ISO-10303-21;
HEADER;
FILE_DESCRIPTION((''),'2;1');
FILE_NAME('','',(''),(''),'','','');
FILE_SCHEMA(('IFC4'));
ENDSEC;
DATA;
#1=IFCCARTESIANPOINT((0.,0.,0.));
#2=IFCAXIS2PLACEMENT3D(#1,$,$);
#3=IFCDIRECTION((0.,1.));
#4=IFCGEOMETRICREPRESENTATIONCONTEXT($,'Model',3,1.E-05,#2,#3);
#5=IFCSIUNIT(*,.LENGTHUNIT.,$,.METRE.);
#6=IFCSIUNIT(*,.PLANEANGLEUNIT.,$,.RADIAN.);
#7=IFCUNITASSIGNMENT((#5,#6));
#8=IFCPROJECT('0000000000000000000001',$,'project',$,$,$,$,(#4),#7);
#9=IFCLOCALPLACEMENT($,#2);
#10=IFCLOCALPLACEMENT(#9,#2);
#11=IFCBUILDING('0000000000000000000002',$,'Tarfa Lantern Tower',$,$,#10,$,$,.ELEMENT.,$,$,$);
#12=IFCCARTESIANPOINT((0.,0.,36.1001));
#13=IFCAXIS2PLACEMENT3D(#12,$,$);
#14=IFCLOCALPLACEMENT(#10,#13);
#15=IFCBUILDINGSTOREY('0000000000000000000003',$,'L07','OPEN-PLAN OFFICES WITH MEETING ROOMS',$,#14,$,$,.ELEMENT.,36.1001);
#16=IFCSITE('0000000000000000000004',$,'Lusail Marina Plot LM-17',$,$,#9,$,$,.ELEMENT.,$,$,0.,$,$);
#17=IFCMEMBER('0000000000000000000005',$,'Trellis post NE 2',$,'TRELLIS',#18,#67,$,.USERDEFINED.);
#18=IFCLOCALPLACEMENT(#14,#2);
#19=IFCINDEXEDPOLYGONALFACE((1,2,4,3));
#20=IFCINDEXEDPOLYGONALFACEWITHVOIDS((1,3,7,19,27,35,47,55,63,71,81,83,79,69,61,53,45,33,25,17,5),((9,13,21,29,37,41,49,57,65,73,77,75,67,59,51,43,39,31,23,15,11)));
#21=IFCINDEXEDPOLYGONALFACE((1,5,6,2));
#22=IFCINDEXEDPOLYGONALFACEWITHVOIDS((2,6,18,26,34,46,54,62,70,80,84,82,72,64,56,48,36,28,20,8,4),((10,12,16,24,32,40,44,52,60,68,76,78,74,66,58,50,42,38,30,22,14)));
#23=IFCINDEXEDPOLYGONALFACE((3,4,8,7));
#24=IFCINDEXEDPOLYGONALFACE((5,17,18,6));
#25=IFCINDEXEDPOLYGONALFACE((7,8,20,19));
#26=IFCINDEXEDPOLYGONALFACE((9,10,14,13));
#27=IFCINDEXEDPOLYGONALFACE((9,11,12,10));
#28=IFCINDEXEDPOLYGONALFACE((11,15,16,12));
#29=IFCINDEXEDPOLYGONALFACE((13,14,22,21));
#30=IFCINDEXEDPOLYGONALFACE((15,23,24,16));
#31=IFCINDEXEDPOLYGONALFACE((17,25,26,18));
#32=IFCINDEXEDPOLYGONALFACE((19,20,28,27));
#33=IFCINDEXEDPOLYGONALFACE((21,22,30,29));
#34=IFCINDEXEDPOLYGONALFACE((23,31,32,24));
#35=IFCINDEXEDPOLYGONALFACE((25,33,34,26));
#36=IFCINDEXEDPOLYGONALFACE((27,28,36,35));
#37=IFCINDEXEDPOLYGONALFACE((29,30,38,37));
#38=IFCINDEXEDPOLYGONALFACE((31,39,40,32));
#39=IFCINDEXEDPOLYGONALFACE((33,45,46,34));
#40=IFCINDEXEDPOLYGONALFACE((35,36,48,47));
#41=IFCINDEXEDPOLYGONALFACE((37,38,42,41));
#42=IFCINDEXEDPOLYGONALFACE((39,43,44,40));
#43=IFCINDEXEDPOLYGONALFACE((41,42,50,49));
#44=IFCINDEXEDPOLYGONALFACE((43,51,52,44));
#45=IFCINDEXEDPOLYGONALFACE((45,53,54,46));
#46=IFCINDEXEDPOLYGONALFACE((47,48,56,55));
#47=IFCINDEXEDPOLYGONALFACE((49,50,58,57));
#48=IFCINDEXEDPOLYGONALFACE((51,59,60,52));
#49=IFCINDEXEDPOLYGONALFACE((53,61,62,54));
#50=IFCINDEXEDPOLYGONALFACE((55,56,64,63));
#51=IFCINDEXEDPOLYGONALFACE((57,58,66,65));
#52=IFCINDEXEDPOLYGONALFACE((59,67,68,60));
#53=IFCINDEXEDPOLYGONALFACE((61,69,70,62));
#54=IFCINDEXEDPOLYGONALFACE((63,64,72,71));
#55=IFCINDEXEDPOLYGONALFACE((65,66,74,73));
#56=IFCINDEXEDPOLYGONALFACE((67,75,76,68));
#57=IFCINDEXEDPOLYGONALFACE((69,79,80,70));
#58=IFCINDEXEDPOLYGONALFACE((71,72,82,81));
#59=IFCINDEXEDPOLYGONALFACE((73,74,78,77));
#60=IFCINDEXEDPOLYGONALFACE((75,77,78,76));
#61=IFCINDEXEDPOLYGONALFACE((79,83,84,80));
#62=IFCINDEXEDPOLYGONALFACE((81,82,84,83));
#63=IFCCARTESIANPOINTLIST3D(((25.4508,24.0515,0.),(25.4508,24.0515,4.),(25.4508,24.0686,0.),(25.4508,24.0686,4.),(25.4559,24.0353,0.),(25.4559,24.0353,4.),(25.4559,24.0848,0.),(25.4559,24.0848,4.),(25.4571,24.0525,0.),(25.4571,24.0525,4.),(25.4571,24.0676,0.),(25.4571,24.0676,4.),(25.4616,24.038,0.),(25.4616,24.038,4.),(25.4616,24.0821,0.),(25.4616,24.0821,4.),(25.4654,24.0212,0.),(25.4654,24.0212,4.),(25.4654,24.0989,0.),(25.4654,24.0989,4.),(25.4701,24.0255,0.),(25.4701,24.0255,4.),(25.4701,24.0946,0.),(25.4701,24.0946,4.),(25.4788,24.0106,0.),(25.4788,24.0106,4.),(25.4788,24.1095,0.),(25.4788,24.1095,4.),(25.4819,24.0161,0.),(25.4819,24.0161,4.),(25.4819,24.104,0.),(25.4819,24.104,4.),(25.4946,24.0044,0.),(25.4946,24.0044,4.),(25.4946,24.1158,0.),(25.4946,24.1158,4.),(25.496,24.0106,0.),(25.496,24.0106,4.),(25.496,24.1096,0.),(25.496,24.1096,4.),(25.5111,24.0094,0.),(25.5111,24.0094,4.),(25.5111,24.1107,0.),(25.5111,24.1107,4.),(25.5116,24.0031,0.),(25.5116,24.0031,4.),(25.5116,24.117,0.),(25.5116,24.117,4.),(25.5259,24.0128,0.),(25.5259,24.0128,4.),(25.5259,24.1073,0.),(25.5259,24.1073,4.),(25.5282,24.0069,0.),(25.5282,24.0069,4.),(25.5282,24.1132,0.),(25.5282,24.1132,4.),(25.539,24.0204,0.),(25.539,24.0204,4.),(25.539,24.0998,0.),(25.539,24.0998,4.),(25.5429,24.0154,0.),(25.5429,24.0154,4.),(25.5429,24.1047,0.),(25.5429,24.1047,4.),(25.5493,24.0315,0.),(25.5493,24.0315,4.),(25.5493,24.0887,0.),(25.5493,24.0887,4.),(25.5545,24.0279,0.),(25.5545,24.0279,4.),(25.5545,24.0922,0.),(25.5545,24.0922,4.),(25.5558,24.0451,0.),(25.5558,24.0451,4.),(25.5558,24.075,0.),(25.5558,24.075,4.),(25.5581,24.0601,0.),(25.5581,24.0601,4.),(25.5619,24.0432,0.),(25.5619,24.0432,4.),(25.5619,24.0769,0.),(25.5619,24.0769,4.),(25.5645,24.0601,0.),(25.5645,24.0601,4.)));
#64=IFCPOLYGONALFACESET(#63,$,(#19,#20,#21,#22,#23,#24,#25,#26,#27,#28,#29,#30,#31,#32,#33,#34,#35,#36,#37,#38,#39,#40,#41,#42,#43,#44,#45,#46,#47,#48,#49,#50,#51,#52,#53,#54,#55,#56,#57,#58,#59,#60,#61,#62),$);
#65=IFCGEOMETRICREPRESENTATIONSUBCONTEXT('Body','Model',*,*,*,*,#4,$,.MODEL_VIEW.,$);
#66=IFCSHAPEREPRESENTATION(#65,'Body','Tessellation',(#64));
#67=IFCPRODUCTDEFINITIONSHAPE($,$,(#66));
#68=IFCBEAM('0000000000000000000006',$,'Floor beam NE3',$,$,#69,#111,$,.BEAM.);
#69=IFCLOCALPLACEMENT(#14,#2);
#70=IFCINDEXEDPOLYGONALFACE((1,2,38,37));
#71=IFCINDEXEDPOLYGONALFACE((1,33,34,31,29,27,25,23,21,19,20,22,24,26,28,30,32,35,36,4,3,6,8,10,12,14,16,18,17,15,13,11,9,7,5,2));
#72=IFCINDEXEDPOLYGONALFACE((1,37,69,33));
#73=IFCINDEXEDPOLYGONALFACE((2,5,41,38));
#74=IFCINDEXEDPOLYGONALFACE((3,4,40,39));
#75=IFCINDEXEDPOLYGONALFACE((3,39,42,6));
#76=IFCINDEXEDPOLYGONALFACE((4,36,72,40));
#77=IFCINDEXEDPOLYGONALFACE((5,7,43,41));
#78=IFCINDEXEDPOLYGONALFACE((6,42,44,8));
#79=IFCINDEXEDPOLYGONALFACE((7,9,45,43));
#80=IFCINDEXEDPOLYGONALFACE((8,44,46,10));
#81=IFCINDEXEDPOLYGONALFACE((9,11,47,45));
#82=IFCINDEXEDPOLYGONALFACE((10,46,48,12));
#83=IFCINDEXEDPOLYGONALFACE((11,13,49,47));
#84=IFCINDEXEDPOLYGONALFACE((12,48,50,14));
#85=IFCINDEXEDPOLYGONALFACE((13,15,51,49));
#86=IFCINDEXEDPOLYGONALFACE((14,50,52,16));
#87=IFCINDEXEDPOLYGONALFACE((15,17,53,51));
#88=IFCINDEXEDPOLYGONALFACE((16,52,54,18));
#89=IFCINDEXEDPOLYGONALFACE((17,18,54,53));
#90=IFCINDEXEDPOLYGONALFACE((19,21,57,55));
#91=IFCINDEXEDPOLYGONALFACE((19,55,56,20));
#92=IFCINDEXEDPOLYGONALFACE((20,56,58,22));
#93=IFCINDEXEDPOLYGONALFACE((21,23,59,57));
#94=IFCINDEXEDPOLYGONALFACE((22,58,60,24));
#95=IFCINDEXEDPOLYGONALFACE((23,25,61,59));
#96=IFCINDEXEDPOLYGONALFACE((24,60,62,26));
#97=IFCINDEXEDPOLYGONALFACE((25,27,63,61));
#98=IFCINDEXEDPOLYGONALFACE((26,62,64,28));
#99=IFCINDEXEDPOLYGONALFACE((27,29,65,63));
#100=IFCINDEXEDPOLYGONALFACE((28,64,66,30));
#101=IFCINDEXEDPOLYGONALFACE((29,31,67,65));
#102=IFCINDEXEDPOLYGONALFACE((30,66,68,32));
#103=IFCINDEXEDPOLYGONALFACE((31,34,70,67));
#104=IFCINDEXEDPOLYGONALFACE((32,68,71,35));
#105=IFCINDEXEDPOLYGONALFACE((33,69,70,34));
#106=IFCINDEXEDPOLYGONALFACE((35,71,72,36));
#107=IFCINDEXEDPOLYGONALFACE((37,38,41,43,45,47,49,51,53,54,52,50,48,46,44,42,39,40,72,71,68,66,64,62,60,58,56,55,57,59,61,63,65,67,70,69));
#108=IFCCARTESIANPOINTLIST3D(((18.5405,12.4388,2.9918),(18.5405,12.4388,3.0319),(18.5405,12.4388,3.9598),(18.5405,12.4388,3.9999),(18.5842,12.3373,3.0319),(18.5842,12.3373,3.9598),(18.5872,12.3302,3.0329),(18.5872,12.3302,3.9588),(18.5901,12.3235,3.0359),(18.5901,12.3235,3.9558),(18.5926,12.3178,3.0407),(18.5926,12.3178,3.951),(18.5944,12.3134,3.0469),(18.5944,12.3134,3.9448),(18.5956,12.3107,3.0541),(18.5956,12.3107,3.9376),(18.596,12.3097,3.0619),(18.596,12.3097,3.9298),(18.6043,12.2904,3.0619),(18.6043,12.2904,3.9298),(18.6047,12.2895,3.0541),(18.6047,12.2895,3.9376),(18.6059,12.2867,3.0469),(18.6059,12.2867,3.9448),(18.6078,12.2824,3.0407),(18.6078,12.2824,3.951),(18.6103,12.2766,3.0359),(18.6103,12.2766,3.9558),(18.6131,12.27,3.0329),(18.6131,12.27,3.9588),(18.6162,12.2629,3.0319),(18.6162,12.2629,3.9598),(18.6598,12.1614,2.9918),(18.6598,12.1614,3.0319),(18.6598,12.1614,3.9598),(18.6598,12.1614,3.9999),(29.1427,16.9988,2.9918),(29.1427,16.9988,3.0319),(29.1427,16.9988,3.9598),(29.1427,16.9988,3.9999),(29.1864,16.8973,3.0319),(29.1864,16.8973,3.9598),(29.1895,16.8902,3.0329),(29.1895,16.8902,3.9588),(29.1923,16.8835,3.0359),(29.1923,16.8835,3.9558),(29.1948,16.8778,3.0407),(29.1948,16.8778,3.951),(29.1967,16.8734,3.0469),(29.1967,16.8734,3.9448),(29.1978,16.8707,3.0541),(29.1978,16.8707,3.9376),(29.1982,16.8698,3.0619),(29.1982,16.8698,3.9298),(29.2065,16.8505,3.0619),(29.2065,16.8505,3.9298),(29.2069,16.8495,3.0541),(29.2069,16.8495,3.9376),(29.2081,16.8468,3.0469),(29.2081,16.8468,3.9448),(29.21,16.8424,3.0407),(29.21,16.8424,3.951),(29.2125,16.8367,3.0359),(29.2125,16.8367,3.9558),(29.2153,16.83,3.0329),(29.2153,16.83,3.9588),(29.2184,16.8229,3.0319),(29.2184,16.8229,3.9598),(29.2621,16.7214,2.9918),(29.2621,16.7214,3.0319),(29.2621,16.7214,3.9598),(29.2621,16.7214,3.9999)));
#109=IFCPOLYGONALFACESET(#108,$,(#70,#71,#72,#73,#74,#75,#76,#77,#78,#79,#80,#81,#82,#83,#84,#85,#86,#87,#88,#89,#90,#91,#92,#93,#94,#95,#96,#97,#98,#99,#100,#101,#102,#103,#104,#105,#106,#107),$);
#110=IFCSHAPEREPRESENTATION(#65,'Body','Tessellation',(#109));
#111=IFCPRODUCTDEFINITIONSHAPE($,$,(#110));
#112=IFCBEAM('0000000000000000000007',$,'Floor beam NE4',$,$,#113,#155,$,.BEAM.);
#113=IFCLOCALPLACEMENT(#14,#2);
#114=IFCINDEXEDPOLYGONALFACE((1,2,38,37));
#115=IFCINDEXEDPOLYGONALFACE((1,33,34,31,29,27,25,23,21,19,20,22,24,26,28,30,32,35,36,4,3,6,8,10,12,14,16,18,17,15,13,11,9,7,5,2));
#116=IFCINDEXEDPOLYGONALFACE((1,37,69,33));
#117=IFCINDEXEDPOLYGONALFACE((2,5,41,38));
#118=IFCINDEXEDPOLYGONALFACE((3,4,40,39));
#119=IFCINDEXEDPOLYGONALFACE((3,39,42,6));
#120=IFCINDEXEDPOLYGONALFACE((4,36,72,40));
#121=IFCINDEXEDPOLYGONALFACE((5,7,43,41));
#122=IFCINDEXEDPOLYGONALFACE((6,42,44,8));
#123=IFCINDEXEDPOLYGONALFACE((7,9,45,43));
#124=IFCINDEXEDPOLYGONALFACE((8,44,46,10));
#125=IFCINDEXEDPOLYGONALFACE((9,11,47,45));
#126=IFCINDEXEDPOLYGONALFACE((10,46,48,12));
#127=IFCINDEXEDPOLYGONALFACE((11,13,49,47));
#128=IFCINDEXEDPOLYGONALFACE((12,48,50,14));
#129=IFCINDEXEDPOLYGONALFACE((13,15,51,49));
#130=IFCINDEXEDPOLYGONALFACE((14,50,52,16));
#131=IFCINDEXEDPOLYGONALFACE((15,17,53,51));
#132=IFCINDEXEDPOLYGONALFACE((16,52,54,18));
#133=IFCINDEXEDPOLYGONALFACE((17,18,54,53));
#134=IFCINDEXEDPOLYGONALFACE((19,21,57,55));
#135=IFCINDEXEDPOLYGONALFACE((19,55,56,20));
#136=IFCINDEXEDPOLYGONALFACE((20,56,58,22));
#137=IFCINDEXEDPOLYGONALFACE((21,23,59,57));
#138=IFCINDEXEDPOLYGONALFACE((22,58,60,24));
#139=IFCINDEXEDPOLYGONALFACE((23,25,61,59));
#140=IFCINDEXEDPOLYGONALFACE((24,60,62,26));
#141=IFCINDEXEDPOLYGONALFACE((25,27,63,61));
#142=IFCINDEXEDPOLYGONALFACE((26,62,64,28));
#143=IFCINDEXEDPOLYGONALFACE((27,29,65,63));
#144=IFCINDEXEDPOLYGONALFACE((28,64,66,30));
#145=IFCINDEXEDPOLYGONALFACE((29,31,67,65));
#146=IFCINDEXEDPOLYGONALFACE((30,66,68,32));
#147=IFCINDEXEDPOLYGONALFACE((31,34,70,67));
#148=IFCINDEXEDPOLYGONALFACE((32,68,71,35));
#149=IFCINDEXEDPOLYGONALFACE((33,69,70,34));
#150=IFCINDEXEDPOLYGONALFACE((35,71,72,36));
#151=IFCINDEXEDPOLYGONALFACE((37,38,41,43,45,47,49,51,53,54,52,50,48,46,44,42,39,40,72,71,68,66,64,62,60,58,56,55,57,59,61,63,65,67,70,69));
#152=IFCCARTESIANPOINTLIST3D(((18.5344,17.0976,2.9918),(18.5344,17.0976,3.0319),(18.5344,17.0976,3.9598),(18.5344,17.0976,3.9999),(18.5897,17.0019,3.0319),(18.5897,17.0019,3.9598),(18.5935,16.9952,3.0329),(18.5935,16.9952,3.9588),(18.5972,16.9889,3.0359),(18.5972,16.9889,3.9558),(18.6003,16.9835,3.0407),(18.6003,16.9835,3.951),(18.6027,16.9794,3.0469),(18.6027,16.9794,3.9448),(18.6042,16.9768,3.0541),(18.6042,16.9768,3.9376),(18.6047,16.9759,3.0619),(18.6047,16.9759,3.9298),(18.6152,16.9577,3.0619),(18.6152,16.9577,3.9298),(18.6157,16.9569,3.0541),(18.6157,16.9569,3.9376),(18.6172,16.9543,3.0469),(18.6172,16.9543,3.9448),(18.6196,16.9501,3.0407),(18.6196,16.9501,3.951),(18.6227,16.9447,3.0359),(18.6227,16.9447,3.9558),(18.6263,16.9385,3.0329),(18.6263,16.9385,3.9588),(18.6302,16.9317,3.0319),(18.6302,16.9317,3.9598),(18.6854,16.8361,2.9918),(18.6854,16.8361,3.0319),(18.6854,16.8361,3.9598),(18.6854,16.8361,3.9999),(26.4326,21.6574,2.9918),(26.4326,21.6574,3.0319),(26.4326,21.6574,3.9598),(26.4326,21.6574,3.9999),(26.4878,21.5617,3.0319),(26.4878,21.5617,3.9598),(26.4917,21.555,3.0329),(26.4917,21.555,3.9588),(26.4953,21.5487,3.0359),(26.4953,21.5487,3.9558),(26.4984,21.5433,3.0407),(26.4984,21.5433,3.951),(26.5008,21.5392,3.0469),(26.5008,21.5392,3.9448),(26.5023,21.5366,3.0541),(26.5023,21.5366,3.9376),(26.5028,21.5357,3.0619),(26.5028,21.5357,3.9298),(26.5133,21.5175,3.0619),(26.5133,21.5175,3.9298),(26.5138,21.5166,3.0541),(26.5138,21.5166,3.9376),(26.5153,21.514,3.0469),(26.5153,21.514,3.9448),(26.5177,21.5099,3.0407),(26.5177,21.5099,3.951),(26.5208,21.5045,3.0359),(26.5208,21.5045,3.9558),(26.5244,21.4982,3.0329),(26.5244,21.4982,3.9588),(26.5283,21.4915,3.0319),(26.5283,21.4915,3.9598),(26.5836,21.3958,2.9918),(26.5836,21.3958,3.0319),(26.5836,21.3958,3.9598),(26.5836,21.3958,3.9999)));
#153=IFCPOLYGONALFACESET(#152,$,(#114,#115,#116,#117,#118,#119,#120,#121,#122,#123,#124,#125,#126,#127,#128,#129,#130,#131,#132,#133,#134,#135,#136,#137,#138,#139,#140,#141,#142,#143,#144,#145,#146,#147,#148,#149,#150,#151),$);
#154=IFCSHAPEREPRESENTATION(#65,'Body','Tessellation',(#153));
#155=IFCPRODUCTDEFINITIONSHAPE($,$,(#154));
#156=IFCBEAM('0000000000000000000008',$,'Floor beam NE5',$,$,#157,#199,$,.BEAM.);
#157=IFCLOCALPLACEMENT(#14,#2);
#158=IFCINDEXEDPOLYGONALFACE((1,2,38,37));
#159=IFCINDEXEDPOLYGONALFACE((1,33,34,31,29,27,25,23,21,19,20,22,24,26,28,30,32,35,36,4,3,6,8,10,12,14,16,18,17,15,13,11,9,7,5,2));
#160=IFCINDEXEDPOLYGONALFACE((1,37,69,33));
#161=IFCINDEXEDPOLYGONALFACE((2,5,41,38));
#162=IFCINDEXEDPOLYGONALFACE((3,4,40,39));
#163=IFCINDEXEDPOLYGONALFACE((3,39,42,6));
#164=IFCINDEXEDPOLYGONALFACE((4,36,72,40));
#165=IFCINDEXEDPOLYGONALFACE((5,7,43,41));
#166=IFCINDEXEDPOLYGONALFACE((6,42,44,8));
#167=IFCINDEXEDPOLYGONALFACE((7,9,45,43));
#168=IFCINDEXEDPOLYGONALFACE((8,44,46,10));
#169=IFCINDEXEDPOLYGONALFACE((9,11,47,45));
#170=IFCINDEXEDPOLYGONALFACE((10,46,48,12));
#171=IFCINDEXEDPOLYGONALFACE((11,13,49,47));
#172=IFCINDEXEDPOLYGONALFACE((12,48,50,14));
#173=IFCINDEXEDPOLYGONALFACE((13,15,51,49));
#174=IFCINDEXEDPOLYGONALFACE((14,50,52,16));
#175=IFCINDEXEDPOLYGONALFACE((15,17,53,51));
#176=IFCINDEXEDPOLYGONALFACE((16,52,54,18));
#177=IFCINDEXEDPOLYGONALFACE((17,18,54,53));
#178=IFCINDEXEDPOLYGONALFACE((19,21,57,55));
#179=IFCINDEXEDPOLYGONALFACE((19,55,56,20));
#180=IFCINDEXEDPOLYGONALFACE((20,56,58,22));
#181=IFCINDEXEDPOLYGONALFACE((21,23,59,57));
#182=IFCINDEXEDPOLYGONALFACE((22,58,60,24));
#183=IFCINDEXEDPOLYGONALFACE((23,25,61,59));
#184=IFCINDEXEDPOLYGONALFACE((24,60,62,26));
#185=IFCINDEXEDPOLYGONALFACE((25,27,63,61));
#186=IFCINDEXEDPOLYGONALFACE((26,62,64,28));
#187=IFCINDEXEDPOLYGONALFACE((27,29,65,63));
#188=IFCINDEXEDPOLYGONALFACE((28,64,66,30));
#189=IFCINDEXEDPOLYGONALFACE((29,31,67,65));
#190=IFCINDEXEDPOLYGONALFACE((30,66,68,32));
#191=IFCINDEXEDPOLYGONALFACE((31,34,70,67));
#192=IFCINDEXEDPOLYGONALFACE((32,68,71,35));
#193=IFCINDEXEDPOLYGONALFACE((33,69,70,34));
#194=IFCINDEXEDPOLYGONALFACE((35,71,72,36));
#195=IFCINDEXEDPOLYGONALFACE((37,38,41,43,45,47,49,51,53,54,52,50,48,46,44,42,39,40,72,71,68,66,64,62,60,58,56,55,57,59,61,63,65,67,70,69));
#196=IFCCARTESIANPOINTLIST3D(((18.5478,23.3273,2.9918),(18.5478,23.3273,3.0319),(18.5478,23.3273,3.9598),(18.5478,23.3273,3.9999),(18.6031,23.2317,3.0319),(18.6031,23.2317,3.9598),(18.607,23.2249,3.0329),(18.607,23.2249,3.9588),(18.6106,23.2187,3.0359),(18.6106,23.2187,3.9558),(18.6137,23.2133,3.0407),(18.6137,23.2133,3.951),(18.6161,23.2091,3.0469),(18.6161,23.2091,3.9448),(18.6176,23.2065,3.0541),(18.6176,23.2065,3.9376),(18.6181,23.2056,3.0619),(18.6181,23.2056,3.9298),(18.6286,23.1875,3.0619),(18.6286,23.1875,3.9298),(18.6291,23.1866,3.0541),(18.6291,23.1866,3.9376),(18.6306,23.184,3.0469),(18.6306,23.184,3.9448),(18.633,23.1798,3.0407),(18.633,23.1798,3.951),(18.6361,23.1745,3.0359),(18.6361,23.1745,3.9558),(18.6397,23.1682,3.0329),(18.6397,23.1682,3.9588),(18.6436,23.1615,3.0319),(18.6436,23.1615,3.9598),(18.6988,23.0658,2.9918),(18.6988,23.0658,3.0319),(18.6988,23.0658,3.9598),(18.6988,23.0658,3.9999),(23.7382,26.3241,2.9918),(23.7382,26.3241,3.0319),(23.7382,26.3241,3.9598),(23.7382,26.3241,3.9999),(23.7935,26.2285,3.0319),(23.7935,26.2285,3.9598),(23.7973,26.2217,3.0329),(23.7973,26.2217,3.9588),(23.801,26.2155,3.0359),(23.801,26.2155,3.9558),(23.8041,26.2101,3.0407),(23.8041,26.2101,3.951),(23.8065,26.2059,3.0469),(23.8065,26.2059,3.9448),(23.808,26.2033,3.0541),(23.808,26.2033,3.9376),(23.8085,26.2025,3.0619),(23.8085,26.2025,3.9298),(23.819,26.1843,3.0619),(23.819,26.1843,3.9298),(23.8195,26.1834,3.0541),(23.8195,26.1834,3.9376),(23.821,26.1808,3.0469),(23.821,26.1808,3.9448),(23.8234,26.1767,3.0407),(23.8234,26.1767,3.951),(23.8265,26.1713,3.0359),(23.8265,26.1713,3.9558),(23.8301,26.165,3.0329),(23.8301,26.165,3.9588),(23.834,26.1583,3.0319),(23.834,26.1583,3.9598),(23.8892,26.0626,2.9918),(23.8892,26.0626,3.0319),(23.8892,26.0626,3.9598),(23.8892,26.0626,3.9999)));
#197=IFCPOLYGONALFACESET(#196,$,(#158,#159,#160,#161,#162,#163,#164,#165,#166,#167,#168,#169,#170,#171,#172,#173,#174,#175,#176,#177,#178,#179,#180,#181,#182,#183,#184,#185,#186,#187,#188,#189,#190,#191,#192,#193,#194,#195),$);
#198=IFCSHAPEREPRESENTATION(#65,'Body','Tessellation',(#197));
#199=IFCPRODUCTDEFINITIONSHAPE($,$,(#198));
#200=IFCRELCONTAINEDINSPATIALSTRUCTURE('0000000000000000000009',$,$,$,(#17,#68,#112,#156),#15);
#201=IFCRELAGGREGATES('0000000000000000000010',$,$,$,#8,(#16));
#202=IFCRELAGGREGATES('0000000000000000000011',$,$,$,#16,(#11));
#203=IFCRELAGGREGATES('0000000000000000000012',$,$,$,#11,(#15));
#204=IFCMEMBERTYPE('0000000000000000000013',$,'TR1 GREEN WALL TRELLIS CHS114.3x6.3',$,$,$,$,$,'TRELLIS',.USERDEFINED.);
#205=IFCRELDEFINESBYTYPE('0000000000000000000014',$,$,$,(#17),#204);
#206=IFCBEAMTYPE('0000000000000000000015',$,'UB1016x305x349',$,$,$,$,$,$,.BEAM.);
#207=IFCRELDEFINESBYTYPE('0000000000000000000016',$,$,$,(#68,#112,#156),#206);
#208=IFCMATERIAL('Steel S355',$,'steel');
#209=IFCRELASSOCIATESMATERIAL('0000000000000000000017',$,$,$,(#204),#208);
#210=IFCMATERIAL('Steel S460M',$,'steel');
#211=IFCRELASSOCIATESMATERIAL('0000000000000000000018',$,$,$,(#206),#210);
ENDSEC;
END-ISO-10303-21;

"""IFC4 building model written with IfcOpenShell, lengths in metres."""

from ifc_helpers import new_model, si_unit, direction, frame, origin, origin_2d, place, context, subcontext, project, spatial, hollow_circle, i_section, extrude, material, material_profile, profile_set, type_object, element, save


model = new_model("IFC4")

# Units and contexts
model_context = context("Model", 3, precision=1e-05, world=origin(), true_north=direction((0.0, 1.0)))
body_context = subcontext(model_context, "Body", "Model", "MODEL_VIEW")
ifc_project = project(units=[si_unit("LENGTHUNIT", "METRE"), si_unit("PLANEANGLEUNIT", "RADIAN")], contexts=[model_context])

# Site, building, storey
site_placement = place(None, origin())
site = spatial("IfcSite", under=ifc_project, at=site_placement, Name="Lusail Marina Plot LM-17", CompositionType="ELEMENT", RefElevation=0.0)
building_placement = place(site_placement, origin())
building = spatial("IfcBuilding", under=site, at=building_placement, Name="Tarfa Lantern Tower", CompositionType="ELEMENT")
storey_placement = place(building_placement, frame((0.0, 0.0, 36.1001)))
storey = spatial("IfcBuildingStorey", under=building, at=storey_placement, Name="L07", Description="OPEN-PLAN OFFICES WITH MEETING ROOMS", CompositionType="ELEMENT", Elevation=36.1001)

# Member
ifc_material_1 = material(Name="Steel S355", Category="steel")
ifc_material_profile_1 = material_profile(ifc_material_1, hollow_circle(Radius=0.0571, WallThickness=0.0063, at=origin_2d()), Name="CHS114.3x6.3")
ifc_profile_set_1 = profile_set([ifc_material_profile_1], Name="Steel S355")
member_type_1 = type_object("IfcMemberType", Name="TR1 GREEN WALL TRELLIS CHS114.3x6.3", ElementType="TRELLIS", PredefinedType="USERDEFINED", material=ifc_profile_set_1)
member_1_placement = place(storey_placement, frame((25.5073, 24.0601, 0.0), z_axis=(0.0, 0.0, 1.0), x_axis=(1.0, 0.0, 0.0)))
element("IfcMember", 1, at=member_1_placement, inside=storey, type_object=member_type_1, Name="Trellis post NE 2", ObjectType="TRELLIS", PredefinedType="USERDEFINED", context=body_context, shape_type="SweptSolid", body=[
    extrude(hollow_circle(Radius=0.0571, WallThickness=0.0063, at=origin_2d()), origin(), (0.0, 0.0, 1.0), 4.0),
])

# Beams
ifc_material_2 = material(Name="Steel S460M", Category="steel")
ifc_material_profile_2 = material_profile(ifc_material_2, i_section(OverallWidth=0.302, OverallDepth=1.0081, WebThickness=0.021, FlangeThickness=0.04, FilletRadius=0.03, at=origin_2d()), Name="UB1016x305x349")
ifc_profile_set_2 = profile_set([ifc_material_profile_2], Name="Steel S460M")
beam_type_1 = type_object("IfcBeamType", Name="UB1016x305x349", PredefinedType="BEAM", material=ifc_profile_set_2)
beam_1_placement = place(storey_placement, frame((29.2024, 16.8601, 3.4958), z_axis=(-0.918635, -0.395106, 0.0), x_axis=(0.395106, -0.918635, 0.0)))
element("IfcBeam", 2, at=beam_1_placement, inside=storey, type_object=beam_type_1, Name="Floor beam NE3", PredefinedType="BEAM", context=body_context, shape_type="SweptSolid", body=[
    extrude(i_section(OverallWidth=0.302, OverallDepth=1.0081, WebThickness=0.021, FlangeThickness=0.04, FilletRadius=0.03, at=origin_2d()), origin(), (0.0, 0.0, 1.0), 11.5413),
])
beam_2_placement = place(storey_placement, frame((26.5081, 21.5266, 3.4958), z_axis=(-0.866035, -0.499983, 0.0), x_axis=(0.499983, -0.866035, 0.0)))
element("IfcBeam", 3, at=beam_2_placement, inside=storey, type_object=beam_type_1, Name="Floor beam NE4", PredefinedType="BEAM", context=body_context, shape_type="SweptSolid", body=[
    extrude(i_section(OverallWidth=0.302, OverallDepth=1.0081, WebThickness=0.021, FlangeThickness=0.04, FilletRadius=0.03, at=origin_2d()), origin(), (0.0, 0.0, 1.0), 9.1199),
])
beam_3_placement = place(storey_placement, frame((23.8137, 26.1934, 3.4958), z_axis=(-0.866016, -0.500016, 0.0), x_axis=(0.500016, -0.866016, 0.0)))
element("IfcBeam", 4, at=beam_3_placement, inside=storey, type_object=beam_type_1, Name="Floor beam NE5", PredefinedType="BEAM", context=body_context, shape_type="SweptSolid", body=[
    extrude(i_section(OverallWidth=0.302, OverallDepth=1.0081, WebThickness=0.021, FlangeThickness=0.04, FilletRadius=0.03, at=origin_2d()), origin(), (0.0, 0.0, 1.0), 5.9934),
])

save(model, "model.ifc")
